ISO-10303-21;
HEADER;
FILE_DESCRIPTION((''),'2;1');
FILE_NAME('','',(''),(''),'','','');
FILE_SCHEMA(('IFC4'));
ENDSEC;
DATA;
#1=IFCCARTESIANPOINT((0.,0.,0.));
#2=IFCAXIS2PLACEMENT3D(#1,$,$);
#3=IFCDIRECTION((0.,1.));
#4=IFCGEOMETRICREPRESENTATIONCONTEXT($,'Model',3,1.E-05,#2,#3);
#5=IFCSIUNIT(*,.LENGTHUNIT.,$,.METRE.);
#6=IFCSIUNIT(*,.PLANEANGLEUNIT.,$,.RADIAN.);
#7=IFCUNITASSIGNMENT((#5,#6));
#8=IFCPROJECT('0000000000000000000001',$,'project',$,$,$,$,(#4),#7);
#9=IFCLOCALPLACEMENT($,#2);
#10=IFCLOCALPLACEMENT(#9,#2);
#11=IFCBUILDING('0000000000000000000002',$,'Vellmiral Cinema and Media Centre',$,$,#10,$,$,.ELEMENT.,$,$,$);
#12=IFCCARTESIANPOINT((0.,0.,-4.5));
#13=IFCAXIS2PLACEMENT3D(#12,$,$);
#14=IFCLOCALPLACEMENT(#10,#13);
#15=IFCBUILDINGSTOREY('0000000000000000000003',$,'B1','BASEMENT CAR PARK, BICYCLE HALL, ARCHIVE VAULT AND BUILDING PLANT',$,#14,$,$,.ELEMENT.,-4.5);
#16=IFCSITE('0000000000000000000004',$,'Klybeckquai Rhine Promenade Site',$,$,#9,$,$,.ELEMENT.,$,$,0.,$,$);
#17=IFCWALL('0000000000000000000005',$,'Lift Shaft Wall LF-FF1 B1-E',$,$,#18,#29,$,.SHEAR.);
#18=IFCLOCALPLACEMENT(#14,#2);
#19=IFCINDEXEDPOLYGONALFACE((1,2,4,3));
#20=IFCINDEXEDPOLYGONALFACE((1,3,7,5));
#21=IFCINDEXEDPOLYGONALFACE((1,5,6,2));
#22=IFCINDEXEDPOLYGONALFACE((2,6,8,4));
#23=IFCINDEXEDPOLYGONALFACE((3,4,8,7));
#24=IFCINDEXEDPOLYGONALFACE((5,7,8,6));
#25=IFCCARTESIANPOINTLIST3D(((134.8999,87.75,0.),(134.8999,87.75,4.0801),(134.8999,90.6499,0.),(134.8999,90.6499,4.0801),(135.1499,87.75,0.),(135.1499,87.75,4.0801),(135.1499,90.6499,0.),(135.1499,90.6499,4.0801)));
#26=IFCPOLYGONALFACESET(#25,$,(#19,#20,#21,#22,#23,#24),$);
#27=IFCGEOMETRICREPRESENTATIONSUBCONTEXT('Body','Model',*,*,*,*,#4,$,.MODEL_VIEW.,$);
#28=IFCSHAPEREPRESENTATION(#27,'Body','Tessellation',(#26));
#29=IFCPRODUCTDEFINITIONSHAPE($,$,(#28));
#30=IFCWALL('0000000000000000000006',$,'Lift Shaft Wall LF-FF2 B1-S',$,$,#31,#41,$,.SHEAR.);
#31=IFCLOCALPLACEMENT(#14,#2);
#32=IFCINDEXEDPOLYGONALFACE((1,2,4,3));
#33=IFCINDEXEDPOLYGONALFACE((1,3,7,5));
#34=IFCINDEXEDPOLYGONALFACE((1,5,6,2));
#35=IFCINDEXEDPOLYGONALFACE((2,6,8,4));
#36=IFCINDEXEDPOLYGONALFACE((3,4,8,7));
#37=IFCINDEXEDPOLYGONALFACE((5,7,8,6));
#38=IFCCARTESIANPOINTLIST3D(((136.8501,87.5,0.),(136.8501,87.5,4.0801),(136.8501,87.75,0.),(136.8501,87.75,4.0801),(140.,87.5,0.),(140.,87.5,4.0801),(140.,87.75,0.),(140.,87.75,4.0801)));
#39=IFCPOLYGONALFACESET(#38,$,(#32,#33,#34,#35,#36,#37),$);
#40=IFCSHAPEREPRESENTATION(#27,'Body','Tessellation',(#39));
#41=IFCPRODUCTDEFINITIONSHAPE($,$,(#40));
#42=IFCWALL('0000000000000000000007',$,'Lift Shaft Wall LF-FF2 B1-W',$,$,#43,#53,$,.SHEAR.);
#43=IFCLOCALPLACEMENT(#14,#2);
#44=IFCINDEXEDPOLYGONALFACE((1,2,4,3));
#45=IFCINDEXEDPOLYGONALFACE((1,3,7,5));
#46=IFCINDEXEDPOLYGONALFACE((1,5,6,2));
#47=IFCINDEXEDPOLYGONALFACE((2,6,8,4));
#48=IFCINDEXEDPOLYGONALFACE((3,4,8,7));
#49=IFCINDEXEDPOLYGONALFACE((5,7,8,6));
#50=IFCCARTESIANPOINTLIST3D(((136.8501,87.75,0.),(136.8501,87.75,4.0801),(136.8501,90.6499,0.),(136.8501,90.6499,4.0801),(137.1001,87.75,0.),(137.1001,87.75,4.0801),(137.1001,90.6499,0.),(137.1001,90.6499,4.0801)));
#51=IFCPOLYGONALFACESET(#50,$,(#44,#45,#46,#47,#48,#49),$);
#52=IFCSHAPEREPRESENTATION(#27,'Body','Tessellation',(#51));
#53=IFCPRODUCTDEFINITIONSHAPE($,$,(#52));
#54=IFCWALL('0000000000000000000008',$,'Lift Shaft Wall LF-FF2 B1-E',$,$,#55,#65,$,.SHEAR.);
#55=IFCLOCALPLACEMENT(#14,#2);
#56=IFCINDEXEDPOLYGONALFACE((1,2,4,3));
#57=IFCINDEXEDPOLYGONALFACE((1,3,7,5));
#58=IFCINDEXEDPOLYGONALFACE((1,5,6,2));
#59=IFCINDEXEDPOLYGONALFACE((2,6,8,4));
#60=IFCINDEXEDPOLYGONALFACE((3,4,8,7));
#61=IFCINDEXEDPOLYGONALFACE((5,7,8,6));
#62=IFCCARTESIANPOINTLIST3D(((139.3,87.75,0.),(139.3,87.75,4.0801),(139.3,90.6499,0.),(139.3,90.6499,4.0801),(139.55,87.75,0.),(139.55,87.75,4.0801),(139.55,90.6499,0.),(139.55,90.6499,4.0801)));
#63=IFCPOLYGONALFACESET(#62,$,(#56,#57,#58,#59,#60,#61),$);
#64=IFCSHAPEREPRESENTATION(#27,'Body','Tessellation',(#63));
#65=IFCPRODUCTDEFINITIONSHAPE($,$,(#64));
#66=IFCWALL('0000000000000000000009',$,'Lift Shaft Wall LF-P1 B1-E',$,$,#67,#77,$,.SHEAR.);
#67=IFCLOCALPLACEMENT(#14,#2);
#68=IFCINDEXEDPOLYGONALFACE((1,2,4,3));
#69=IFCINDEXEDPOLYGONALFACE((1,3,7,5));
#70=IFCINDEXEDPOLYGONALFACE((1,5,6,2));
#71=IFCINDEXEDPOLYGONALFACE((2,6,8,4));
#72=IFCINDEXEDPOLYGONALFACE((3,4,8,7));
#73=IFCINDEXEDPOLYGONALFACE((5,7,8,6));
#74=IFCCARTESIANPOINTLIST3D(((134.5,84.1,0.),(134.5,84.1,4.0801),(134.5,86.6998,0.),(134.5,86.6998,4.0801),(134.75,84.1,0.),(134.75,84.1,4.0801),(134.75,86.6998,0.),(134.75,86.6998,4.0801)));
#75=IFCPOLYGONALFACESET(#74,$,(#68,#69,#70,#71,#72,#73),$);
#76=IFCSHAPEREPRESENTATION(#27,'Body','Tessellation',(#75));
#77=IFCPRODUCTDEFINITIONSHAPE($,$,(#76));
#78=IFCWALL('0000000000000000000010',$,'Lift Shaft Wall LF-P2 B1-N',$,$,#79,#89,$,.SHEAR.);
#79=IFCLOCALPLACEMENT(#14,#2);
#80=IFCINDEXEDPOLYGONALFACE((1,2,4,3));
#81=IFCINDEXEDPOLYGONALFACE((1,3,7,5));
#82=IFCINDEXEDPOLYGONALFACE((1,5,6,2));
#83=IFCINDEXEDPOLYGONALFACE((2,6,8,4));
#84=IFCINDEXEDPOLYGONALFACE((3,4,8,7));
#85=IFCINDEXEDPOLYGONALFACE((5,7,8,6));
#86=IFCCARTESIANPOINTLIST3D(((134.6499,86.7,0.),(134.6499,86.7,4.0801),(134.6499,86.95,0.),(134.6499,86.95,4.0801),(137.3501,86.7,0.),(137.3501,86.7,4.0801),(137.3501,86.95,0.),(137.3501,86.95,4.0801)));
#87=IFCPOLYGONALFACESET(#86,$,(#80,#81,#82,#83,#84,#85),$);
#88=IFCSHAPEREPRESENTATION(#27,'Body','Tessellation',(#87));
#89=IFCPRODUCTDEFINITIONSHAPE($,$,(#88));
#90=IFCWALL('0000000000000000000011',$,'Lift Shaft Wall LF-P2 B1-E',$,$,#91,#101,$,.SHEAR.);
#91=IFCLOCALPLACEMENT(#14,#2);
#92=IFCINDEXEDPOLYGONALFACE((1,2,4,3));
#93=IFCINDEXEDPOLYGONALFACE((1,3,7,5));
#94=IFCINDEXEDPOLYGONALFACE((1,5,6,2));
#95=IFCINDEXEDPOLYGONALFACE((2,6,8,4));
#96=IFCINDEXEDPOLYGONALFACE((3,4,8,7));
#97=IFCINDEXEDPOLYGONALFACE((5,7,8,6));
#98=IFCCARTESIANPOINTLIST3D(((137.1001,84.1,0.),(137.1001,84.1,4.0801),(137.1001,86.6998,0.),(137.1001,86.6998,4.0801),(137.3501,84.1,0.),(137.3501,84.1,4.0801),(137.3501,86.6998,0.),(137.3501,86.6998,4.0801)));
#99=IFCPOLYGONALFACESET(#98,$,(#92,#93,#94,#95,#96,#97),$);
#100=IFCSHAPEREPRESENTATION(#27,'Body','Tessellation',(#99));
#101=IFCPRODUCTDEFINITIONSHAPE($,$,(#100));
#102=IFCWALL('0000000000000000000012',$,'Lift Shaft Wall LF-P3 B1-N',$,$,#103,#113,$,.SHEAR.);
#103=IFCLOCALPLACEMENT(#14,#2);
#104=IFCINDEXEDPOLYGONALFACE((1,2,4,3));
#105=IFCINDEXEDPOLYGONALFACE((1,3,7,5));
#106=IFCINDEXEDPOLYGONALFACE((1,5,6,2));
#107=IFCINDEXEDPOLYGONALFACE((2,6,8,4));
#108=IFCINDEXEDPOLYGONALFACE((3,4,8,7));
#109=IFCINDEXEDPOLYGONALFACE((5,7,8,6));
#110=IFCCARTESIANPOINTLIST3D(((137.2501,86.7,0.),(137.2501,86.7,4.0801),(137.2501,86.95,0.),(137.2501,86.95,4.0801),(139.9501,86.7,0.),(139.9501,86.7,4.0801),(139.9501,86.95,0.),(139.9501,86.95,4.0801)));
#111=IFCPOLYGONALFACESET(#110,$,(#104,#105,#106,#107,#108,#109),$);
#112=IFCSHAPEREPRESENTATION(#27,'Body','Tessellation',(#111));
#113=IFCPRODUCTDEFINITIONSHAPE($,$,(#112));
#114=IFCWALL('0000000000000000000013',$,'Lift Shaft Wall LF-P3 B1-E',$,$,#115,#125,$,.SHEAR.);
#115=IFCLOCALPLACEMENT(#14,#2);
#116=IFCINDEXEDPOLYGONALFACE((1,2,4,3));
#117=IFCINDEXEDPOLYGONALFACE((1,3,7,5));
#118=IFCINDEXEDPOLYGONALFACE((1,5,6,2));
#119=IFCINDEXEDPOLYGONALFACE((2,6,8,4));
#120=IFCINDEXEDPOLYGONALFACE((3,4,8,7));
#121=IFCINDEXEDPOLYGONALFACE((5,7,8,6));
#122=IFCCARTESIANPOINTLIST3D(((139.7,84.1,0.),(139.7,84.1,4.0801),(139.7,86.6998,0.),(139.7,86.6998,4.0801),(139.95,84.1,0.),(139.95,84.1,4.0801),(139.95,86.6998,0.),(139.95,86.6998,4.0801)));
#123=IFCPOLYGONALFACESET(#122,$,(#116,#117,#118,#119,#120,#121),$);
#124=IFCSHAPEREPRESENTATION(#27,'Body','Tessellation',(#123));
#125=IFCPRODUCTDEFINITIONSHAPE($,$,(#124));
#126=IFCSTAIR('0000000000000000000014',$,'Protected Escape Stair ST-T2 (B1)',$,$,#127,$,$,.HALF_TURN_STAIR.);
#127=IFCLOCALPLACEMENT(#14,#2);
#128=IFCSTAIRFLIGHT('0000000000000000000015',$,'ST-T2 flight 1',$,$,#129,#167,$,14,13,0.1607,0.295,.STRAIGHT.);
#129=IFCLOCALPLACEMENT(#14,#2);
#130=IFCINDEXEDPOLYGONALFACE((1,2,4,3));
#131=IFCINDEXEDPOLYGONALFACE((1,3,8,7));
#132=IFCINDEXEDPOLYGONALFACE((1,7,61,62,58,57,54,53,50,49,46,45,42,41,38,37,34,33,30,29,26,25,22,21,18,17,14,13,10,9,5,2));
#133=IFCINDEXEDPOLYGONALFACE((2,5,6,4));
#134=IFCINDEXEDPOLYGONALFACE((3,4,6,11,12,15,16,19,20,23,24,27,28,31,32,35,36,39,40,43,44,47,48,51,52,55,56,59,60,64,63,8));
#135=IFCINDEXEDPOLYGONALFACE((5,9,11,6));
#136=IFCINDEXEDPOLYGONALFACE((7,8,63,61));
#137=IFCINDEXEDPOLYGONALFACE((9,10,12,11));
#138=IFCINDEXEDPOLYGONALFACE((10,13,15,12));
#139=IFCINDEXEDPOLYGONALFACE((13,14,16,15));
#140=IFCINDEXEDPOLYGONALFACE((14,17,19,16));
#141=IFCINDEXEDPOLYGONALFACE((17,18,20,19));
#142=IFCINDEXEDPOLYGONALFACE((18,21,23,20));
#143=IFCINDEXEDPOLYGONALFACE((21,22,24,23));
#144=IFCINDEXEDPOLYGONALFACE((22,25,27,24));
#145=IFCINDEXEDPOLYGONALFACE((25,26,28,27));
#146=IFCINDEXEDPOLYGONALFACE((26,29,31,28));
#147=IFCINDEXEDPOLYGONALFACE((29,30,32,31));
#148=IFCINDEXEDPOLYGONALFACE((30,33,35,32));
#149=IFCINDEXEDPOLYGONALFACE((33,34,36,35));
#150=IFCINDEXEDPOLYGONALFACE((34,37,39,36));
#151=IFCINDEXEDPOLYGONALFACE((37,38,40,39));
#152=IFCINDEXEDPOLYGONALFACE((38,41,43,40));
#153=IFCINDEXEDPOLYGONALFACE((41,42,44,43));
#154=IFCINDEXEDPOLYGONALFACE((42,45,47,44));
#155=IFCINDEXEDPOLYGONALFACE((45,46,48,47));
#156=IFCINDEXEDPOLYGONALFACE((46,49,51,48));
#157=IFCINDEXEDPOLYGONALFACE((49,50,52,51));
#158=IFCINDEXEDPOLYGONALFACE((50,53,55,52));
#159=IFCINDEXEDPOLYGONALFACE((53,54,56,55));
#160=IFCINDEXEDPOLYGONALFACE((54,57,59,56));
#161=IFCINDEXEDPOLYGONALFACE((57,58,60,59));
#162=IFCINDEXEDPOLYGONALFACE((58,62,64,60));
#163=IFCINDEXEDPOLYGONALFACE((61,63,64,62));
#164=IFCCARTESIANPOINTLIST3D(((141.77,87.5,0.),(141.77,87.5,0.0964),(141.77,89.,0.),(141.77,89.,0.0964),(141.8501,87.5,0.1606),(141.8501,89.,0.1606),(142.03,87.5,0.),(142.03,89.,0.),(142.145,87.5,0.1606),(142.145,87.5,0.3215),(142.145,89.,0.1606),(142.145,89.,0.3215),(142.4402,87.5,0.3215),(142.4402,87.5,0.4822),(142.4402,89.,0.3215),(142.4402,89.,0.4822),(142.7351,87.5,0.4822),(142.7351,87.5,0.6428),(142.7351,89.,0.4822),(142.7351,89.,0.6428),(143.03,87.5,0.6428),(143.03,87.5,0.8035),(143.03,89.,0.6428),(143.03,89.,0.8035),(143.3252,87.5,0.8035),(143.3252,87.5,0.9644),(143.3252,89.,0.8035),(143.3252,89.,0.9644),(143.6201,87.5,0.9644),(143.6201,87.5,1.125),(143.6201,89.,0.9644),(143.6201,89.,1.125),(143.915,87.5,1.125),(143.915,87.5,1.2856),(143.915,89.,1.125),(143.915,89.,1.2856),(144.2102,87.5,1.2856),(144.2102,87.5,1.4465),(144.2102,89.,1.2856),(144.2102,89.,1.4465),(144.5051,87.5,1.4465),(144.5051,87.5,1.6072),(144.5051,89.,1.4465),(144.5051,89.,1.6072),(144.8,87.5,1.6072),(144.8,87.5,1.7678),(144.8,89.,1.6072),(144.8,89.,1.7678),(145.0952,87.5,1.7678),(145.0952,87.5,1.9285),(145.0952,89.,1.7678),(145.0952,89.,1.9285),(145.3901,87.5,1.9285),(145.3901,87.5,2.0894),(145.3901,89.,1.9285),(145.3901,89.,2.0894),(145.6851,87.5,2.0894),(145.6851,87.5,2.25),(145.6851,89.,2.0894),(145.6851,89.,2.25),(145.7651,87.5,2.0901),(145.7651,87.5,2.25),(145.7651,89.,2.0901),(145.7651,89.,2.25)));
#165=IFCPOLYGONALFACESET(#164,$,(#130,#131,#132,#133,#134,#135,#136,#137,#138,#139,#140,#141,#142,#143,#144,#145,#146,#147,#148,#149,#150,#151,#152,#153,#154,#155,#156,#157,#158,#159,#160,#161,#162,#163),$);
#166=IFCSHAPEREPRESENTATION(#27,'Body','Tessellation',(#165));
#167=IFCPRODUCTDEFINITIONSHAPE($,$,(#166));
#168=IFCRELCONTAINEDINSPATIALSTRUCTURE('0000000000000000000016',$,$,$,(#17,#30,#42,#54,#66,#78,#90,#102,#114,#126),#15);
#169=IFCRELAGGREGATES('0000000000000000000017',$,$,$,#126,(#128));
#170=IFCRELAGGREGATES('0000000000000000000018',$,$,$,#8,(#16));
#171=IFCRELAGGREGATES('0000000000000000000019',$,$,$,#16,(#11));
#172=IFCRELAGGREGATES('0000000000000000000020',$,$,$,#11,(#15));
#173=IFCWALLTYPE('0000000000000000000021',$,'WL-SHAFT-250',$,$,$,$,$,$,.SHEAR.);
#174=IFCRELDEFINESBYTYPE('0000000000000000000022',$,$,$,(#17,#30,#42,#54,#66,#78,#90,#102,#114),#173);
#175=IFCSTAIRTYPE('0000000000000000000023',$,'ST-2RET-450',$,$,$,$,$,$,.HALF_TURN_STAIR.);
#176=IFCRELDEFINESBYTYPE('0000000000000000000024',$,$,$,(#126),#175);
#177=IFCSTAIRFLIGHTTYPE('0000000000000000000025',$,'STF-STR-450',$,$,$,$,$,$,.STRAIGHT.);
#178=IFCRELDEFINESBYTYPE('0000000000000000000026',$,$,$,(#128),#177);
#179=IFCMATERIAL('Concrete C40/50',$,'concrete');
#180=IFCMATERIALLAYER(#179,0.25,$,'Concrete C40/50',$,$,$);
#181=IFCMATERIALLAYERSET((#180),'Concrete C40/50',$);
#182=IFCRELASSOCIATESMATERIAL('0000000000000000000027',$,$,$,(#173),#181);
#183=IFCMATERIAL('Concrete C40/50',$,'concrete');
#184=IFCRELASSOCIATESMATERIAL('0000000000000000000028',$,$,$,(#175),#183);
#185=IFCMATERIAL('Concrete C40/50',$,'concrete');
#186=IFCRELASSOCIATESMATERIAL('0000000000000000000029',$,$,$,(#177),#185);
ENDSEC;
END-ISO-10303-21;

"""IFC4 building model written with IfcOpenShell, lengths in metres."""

from ifc_helpers import new_model, si_unit, direction, frame, frame_2d, origin, place, context, subcontext, project, spatial, polyline, rectangle, outline, extrude, material, layer, layer_set, type_object, element, aggregate, save


model = new_model("IFC4")

# Units and contexts
model_context = context("Model", 3, precision=1e-05, world=origin(), true_north=direction((0.0, 1.0)))
body_context = subcontext(model_context, "Body", "Model", "MODEL_VIEW")
ifc_project = project(units=[si_unit("LENGTHUNIT", "METRE"), si_unit("PLANEANGLEUNIT", "RADIAN")], contexts=[model_context])

# Site, building, storey
site_placement = place(None, origin())
site = spatial("IfcSite", under=ifc_project, at=site_placement, Name="Klybeckquai Rhine Promenade Site", CompositionType="ELEMENT", RefElevation=0.0)
building_placement = place(site_placement, origin())
building = spatial("IfcBuilding", under=site, at=building_placement, Name="Vellmiral Cinema and Media Centre", CompositionType="ELEMENT")
storey_placement = place(building_placement, frame((0.0, 0.0, -4.5)))
storey = spatial("IfcBuildingStorey", under=building, at=storey_placement, Name="B1", Description="BASEMENT CAR PARK, BICYCLE HALL, ARCHIVE VAULT AND BUILDING PLANT", CompositionType="ELEMENT", Elevation=-4.5)

# Walls
ifc_material_1 = material(Name="Concrete C40/50", Category="concrete")
ifc_layer_1 = layer(ifc_material_1, 0.25, Name="Concrete C40/50")
ifc_layer_set_1 = layer_set([ifc_layer_1], Name="Concrete C40/50")
wall_type_1 = type_object("IfcWallType", Name="WL-SHAFT-250", PredefinedType="SHEAR", material=ifc_layer_set_1)
wall_1_placement = place(storey_placement, frame((135.0249, 87.75, 0.0), z_axis=(0.0, 0.0, 1.0), x_axis=(0.0, 1.0, 0.0)))
element("IfcWall", 1, at=wall_1_placement, inside=storey, type_object=wall_type_1, Name="Lift Shaft Wall LF-FF1 B1-E", PredefinedType="SHEAR", context=body_context, shape_type="SweptSolid", body=[
    extrude(rectangle(XDim=2.8999, YDim=0.25, at=frame_2d((1.45, 0.0))), origin(), (0.0, 0.0, 1.0), 4.0801),
])
wall_2_placement = place(storey_placement, frame((136.8501, 87.625, 0.0), z_axis=(0.0, 0.0, 1.0), x_axis=(1.0, 0.0, 0.0)))
element("IfcWall", 2, at=wall_2_placement, inside=storey, type_object=wall_type_1, Name="Lift Shaft Wall LF-FF2 B1-S", PredefinedType="SHEAR", context=body_context, shape_type="SweptSolid", body=[
    extrude(rectangle(XDim=3.1499, YDim=0.25, at=frame_2d((1.575, 0.0))), origin(), (0.0, 0.0, 1.0), 4.0801),
])
for number, where, z_axis, x_axis, name in (
    (3, (136.9751, 87.75, 0.0), (0.0, 0.0, 1.0), (0.0, 1.0, 0.0), "Lift Shaft Wall LF-FF2 B1-W"),
    (4, (139.425, 87.75, 0.0), (0.0, 0.0, 1.0), (0.0, 1.0, 0.0), "Lift Shaft Wall LF-FF2 B1-E"),
):
    element("IfcWall", number, at=place(storey_placement, frame(where, z_axis=z_axis, x_axis=x_axis)), inside=storey, type_object=wall_type_1, Name=name, PredefinedType="SHEAR", context=body_context, shape_type="SweptSolid", body=[
        extrude(rectangle(XDim=2.8999, YDim=0.25, at=frame_2d((1.45, 0.0))), origin(), (0.0, 0.0, 1.0), 4.0801),
    ])
wall_3_placement = place(storey_placement, frame((134.625, 84.1001, 0.0), z_axis=(0.0, 0.0, 1.0), x_axis=(0.0, 1.0, 0.0)))
element("IfcWall", 5, at=wall_3_placement, inside=storey, type_object=wall_type_1, Name="Lift Shaft Wall LF-P1 B1-E", PredefinedType="SHEAR", context=body_context, shape_type="SweptSolid", body=[
    extrude(rectangle(XDim=2.5999, YDim=0.25, at=frame_2d((1.2998, 0.0))), origin(), (0.0, 0.0, 1.0), 4.0801),
])

# Walls
wall_4_placement = place(storey_placement, frame((134.6499, 86.825, 0.0), z_axis=(0.0, 0.0, 1.0), x_axis=(1.0, 0.0, 0.0)))
element("IfcWall", 6, at=wall_4_placement, inside=storey, type_object=wall_type_1, Name="Lift Shaft Wall LF-P2 B1-N", PredefinedType="SHEAR", context=body_context, shape_type="SweptSolid", body=[
    extrude(rectangle(XDim=2.7002, YDim=0.25, at=frame_2d((1.3501, 0.0))), origin(), (0.0, 0.0, 1.0), 4.0801),
])
wall_5_placement = place(storey_placement, frame((137.2251, 84.1001, 0.0), z_axis=(0.0, 0.0, 1.0), x_axis=(0.0, 1.0, 0.0)))
element("IfcWall", 7, at=wall_5_placement, inside=storey, type_object=wall_type_1, Name="Lift Shaft Wall LF-P2 B1-E", PredefinedType="SHEAR", context=body_context, shape_type="SweptSolid", body=[
    extrude(rectangle(XDim=2.5999, YDim=0.25, at=frame_2d((1.2998, 0.0))), origin(), (0.0, 0.0, 1.0), 4.0801),
])

# Walls
wall_6_placement = place(storey_placement, frame((137.25, 86.825, 0.0), z_axis=(0.0, 0.0, 1.0), x_axis=(1.0, 0.0, 0.0)))
element("IfcWall", 8, at=wall_6_placement, inside=storey, type_object=wall_type_1, Name="Lift Shaft Wall LF-P3 B1-N", PredefinedType="SHEAR", context=body_context, shape_type="SweptSolid", body=[
    extrude(rectangle(XDim=2.7, YDim=0.25, at=frame_2d((1.3501, 0.0))), origin(), (0.0, 0.0, 1.0), 4.0801),
])
wall_7_placement = place(storey_placement, frame((139.825, 84.1001, 0.0), z_axis=(0.0, 0.0, 1.0), x_axis=(0.0, 1.0, 0.0)))
element("IfcWall", 9, at=wall_7_placement, inside=storey, type_object=wall_type_1, Name="Lift Shaft Wall LF-P3 B1-E", PredefinedType="SHEAR", context=body_context, shape_type="SweptSolid", body=[
    extrude(rectangle(XDim=2.5999, YDim=0.25, at=frame_2d((1.2998, 0.0))), origin(), (0.0, 0.0, 1.0), 4.0801),
])

# Stair, stair flight
ifc_material_2 = material(Name="Concrete C40/50", Category="concrete")
stair_type = type_object("IfcStairType", Name="ST-2RET-450", PredefinedType="HALF_TURN_STAIR", material=ifc_material_2)
stair_placement = place(storey_placement, origin())
stair = element("IfcStair", 10, at=stair_placement, inside=storey, type_object=stair_type, Name="Protected Escape Stair ST-T2 (B1)", PredefinedType="HALF_TURN_STAIR")
ifc_material_3 = material(Name="Concrete C40/50", Category="concrete")
stair_flight_type = type_object("IfcStairFlightType", Name="STF-STR-450", PredefinedType="STRAIGHT", material=ifc_material_3)
stair_flight_placement = place(storey_placement, frame((141.8501, 88.25, 0.0), z_axis=(0.0, 0.0, 1.0), x_axis=(1.0, 0.0, 0.0)))
stair_flight = element("IfcStairFlight", 11, at=stair_flight_placement, type_object=stair_flight_type, Name="ST-T2 flight 1", NumberOfRisers=14, NumberOfTreads=13, PredefinedType="STRAIGHT", RiserHeight=0.1607, TreadLength=0.295, context=body_context, shape_type="SweptSolid", body=[
    extrude(outline(polyline([(-0.0801, 0.0), (-0.0801, 0.0964), (0.0, 0.1606), (0.2949, 0.1606), (0.2949, 0.3215), (0.5901, 0.3215), (0.5901, 0.4822), (0.885, 0.4822), (0.885, 0.6428), (1.1799, 0.6428), (1.1799, 0.8035), (1.4751, 0.8035), (1.4751, 0.9644), (1.77, 0.9644), (1.77, 1.125), (2.0649, 1.125), (2.0649, 1.2856), (2.3601, 1.2856), (2.3601, 1.4465), (2.655, 1.4465), (2.655, 1.6072), (2.95, 1.6072), (2.95, 1.7678), (3.2451, 1.7678), (3.2451, 1.9285), (3.54, 1.9285), (3.54, 2.0894), (3.835, 2.0894), (3.835, 2.25), (3.915, 2.25), (3.915, 2.0901), (0.1799, 0.0), (-0.0801, 0.0)])), frame((0.0, 0.75, 0.0), z_axis=(0.0, -1.0, 0.0), x_axis=(1.0, 0.0, 0.0)), (0.0, 0.0, 1.0), 1.5),
])
aggregate(stair, [stair_flight])

save(model, "model.ifc")
